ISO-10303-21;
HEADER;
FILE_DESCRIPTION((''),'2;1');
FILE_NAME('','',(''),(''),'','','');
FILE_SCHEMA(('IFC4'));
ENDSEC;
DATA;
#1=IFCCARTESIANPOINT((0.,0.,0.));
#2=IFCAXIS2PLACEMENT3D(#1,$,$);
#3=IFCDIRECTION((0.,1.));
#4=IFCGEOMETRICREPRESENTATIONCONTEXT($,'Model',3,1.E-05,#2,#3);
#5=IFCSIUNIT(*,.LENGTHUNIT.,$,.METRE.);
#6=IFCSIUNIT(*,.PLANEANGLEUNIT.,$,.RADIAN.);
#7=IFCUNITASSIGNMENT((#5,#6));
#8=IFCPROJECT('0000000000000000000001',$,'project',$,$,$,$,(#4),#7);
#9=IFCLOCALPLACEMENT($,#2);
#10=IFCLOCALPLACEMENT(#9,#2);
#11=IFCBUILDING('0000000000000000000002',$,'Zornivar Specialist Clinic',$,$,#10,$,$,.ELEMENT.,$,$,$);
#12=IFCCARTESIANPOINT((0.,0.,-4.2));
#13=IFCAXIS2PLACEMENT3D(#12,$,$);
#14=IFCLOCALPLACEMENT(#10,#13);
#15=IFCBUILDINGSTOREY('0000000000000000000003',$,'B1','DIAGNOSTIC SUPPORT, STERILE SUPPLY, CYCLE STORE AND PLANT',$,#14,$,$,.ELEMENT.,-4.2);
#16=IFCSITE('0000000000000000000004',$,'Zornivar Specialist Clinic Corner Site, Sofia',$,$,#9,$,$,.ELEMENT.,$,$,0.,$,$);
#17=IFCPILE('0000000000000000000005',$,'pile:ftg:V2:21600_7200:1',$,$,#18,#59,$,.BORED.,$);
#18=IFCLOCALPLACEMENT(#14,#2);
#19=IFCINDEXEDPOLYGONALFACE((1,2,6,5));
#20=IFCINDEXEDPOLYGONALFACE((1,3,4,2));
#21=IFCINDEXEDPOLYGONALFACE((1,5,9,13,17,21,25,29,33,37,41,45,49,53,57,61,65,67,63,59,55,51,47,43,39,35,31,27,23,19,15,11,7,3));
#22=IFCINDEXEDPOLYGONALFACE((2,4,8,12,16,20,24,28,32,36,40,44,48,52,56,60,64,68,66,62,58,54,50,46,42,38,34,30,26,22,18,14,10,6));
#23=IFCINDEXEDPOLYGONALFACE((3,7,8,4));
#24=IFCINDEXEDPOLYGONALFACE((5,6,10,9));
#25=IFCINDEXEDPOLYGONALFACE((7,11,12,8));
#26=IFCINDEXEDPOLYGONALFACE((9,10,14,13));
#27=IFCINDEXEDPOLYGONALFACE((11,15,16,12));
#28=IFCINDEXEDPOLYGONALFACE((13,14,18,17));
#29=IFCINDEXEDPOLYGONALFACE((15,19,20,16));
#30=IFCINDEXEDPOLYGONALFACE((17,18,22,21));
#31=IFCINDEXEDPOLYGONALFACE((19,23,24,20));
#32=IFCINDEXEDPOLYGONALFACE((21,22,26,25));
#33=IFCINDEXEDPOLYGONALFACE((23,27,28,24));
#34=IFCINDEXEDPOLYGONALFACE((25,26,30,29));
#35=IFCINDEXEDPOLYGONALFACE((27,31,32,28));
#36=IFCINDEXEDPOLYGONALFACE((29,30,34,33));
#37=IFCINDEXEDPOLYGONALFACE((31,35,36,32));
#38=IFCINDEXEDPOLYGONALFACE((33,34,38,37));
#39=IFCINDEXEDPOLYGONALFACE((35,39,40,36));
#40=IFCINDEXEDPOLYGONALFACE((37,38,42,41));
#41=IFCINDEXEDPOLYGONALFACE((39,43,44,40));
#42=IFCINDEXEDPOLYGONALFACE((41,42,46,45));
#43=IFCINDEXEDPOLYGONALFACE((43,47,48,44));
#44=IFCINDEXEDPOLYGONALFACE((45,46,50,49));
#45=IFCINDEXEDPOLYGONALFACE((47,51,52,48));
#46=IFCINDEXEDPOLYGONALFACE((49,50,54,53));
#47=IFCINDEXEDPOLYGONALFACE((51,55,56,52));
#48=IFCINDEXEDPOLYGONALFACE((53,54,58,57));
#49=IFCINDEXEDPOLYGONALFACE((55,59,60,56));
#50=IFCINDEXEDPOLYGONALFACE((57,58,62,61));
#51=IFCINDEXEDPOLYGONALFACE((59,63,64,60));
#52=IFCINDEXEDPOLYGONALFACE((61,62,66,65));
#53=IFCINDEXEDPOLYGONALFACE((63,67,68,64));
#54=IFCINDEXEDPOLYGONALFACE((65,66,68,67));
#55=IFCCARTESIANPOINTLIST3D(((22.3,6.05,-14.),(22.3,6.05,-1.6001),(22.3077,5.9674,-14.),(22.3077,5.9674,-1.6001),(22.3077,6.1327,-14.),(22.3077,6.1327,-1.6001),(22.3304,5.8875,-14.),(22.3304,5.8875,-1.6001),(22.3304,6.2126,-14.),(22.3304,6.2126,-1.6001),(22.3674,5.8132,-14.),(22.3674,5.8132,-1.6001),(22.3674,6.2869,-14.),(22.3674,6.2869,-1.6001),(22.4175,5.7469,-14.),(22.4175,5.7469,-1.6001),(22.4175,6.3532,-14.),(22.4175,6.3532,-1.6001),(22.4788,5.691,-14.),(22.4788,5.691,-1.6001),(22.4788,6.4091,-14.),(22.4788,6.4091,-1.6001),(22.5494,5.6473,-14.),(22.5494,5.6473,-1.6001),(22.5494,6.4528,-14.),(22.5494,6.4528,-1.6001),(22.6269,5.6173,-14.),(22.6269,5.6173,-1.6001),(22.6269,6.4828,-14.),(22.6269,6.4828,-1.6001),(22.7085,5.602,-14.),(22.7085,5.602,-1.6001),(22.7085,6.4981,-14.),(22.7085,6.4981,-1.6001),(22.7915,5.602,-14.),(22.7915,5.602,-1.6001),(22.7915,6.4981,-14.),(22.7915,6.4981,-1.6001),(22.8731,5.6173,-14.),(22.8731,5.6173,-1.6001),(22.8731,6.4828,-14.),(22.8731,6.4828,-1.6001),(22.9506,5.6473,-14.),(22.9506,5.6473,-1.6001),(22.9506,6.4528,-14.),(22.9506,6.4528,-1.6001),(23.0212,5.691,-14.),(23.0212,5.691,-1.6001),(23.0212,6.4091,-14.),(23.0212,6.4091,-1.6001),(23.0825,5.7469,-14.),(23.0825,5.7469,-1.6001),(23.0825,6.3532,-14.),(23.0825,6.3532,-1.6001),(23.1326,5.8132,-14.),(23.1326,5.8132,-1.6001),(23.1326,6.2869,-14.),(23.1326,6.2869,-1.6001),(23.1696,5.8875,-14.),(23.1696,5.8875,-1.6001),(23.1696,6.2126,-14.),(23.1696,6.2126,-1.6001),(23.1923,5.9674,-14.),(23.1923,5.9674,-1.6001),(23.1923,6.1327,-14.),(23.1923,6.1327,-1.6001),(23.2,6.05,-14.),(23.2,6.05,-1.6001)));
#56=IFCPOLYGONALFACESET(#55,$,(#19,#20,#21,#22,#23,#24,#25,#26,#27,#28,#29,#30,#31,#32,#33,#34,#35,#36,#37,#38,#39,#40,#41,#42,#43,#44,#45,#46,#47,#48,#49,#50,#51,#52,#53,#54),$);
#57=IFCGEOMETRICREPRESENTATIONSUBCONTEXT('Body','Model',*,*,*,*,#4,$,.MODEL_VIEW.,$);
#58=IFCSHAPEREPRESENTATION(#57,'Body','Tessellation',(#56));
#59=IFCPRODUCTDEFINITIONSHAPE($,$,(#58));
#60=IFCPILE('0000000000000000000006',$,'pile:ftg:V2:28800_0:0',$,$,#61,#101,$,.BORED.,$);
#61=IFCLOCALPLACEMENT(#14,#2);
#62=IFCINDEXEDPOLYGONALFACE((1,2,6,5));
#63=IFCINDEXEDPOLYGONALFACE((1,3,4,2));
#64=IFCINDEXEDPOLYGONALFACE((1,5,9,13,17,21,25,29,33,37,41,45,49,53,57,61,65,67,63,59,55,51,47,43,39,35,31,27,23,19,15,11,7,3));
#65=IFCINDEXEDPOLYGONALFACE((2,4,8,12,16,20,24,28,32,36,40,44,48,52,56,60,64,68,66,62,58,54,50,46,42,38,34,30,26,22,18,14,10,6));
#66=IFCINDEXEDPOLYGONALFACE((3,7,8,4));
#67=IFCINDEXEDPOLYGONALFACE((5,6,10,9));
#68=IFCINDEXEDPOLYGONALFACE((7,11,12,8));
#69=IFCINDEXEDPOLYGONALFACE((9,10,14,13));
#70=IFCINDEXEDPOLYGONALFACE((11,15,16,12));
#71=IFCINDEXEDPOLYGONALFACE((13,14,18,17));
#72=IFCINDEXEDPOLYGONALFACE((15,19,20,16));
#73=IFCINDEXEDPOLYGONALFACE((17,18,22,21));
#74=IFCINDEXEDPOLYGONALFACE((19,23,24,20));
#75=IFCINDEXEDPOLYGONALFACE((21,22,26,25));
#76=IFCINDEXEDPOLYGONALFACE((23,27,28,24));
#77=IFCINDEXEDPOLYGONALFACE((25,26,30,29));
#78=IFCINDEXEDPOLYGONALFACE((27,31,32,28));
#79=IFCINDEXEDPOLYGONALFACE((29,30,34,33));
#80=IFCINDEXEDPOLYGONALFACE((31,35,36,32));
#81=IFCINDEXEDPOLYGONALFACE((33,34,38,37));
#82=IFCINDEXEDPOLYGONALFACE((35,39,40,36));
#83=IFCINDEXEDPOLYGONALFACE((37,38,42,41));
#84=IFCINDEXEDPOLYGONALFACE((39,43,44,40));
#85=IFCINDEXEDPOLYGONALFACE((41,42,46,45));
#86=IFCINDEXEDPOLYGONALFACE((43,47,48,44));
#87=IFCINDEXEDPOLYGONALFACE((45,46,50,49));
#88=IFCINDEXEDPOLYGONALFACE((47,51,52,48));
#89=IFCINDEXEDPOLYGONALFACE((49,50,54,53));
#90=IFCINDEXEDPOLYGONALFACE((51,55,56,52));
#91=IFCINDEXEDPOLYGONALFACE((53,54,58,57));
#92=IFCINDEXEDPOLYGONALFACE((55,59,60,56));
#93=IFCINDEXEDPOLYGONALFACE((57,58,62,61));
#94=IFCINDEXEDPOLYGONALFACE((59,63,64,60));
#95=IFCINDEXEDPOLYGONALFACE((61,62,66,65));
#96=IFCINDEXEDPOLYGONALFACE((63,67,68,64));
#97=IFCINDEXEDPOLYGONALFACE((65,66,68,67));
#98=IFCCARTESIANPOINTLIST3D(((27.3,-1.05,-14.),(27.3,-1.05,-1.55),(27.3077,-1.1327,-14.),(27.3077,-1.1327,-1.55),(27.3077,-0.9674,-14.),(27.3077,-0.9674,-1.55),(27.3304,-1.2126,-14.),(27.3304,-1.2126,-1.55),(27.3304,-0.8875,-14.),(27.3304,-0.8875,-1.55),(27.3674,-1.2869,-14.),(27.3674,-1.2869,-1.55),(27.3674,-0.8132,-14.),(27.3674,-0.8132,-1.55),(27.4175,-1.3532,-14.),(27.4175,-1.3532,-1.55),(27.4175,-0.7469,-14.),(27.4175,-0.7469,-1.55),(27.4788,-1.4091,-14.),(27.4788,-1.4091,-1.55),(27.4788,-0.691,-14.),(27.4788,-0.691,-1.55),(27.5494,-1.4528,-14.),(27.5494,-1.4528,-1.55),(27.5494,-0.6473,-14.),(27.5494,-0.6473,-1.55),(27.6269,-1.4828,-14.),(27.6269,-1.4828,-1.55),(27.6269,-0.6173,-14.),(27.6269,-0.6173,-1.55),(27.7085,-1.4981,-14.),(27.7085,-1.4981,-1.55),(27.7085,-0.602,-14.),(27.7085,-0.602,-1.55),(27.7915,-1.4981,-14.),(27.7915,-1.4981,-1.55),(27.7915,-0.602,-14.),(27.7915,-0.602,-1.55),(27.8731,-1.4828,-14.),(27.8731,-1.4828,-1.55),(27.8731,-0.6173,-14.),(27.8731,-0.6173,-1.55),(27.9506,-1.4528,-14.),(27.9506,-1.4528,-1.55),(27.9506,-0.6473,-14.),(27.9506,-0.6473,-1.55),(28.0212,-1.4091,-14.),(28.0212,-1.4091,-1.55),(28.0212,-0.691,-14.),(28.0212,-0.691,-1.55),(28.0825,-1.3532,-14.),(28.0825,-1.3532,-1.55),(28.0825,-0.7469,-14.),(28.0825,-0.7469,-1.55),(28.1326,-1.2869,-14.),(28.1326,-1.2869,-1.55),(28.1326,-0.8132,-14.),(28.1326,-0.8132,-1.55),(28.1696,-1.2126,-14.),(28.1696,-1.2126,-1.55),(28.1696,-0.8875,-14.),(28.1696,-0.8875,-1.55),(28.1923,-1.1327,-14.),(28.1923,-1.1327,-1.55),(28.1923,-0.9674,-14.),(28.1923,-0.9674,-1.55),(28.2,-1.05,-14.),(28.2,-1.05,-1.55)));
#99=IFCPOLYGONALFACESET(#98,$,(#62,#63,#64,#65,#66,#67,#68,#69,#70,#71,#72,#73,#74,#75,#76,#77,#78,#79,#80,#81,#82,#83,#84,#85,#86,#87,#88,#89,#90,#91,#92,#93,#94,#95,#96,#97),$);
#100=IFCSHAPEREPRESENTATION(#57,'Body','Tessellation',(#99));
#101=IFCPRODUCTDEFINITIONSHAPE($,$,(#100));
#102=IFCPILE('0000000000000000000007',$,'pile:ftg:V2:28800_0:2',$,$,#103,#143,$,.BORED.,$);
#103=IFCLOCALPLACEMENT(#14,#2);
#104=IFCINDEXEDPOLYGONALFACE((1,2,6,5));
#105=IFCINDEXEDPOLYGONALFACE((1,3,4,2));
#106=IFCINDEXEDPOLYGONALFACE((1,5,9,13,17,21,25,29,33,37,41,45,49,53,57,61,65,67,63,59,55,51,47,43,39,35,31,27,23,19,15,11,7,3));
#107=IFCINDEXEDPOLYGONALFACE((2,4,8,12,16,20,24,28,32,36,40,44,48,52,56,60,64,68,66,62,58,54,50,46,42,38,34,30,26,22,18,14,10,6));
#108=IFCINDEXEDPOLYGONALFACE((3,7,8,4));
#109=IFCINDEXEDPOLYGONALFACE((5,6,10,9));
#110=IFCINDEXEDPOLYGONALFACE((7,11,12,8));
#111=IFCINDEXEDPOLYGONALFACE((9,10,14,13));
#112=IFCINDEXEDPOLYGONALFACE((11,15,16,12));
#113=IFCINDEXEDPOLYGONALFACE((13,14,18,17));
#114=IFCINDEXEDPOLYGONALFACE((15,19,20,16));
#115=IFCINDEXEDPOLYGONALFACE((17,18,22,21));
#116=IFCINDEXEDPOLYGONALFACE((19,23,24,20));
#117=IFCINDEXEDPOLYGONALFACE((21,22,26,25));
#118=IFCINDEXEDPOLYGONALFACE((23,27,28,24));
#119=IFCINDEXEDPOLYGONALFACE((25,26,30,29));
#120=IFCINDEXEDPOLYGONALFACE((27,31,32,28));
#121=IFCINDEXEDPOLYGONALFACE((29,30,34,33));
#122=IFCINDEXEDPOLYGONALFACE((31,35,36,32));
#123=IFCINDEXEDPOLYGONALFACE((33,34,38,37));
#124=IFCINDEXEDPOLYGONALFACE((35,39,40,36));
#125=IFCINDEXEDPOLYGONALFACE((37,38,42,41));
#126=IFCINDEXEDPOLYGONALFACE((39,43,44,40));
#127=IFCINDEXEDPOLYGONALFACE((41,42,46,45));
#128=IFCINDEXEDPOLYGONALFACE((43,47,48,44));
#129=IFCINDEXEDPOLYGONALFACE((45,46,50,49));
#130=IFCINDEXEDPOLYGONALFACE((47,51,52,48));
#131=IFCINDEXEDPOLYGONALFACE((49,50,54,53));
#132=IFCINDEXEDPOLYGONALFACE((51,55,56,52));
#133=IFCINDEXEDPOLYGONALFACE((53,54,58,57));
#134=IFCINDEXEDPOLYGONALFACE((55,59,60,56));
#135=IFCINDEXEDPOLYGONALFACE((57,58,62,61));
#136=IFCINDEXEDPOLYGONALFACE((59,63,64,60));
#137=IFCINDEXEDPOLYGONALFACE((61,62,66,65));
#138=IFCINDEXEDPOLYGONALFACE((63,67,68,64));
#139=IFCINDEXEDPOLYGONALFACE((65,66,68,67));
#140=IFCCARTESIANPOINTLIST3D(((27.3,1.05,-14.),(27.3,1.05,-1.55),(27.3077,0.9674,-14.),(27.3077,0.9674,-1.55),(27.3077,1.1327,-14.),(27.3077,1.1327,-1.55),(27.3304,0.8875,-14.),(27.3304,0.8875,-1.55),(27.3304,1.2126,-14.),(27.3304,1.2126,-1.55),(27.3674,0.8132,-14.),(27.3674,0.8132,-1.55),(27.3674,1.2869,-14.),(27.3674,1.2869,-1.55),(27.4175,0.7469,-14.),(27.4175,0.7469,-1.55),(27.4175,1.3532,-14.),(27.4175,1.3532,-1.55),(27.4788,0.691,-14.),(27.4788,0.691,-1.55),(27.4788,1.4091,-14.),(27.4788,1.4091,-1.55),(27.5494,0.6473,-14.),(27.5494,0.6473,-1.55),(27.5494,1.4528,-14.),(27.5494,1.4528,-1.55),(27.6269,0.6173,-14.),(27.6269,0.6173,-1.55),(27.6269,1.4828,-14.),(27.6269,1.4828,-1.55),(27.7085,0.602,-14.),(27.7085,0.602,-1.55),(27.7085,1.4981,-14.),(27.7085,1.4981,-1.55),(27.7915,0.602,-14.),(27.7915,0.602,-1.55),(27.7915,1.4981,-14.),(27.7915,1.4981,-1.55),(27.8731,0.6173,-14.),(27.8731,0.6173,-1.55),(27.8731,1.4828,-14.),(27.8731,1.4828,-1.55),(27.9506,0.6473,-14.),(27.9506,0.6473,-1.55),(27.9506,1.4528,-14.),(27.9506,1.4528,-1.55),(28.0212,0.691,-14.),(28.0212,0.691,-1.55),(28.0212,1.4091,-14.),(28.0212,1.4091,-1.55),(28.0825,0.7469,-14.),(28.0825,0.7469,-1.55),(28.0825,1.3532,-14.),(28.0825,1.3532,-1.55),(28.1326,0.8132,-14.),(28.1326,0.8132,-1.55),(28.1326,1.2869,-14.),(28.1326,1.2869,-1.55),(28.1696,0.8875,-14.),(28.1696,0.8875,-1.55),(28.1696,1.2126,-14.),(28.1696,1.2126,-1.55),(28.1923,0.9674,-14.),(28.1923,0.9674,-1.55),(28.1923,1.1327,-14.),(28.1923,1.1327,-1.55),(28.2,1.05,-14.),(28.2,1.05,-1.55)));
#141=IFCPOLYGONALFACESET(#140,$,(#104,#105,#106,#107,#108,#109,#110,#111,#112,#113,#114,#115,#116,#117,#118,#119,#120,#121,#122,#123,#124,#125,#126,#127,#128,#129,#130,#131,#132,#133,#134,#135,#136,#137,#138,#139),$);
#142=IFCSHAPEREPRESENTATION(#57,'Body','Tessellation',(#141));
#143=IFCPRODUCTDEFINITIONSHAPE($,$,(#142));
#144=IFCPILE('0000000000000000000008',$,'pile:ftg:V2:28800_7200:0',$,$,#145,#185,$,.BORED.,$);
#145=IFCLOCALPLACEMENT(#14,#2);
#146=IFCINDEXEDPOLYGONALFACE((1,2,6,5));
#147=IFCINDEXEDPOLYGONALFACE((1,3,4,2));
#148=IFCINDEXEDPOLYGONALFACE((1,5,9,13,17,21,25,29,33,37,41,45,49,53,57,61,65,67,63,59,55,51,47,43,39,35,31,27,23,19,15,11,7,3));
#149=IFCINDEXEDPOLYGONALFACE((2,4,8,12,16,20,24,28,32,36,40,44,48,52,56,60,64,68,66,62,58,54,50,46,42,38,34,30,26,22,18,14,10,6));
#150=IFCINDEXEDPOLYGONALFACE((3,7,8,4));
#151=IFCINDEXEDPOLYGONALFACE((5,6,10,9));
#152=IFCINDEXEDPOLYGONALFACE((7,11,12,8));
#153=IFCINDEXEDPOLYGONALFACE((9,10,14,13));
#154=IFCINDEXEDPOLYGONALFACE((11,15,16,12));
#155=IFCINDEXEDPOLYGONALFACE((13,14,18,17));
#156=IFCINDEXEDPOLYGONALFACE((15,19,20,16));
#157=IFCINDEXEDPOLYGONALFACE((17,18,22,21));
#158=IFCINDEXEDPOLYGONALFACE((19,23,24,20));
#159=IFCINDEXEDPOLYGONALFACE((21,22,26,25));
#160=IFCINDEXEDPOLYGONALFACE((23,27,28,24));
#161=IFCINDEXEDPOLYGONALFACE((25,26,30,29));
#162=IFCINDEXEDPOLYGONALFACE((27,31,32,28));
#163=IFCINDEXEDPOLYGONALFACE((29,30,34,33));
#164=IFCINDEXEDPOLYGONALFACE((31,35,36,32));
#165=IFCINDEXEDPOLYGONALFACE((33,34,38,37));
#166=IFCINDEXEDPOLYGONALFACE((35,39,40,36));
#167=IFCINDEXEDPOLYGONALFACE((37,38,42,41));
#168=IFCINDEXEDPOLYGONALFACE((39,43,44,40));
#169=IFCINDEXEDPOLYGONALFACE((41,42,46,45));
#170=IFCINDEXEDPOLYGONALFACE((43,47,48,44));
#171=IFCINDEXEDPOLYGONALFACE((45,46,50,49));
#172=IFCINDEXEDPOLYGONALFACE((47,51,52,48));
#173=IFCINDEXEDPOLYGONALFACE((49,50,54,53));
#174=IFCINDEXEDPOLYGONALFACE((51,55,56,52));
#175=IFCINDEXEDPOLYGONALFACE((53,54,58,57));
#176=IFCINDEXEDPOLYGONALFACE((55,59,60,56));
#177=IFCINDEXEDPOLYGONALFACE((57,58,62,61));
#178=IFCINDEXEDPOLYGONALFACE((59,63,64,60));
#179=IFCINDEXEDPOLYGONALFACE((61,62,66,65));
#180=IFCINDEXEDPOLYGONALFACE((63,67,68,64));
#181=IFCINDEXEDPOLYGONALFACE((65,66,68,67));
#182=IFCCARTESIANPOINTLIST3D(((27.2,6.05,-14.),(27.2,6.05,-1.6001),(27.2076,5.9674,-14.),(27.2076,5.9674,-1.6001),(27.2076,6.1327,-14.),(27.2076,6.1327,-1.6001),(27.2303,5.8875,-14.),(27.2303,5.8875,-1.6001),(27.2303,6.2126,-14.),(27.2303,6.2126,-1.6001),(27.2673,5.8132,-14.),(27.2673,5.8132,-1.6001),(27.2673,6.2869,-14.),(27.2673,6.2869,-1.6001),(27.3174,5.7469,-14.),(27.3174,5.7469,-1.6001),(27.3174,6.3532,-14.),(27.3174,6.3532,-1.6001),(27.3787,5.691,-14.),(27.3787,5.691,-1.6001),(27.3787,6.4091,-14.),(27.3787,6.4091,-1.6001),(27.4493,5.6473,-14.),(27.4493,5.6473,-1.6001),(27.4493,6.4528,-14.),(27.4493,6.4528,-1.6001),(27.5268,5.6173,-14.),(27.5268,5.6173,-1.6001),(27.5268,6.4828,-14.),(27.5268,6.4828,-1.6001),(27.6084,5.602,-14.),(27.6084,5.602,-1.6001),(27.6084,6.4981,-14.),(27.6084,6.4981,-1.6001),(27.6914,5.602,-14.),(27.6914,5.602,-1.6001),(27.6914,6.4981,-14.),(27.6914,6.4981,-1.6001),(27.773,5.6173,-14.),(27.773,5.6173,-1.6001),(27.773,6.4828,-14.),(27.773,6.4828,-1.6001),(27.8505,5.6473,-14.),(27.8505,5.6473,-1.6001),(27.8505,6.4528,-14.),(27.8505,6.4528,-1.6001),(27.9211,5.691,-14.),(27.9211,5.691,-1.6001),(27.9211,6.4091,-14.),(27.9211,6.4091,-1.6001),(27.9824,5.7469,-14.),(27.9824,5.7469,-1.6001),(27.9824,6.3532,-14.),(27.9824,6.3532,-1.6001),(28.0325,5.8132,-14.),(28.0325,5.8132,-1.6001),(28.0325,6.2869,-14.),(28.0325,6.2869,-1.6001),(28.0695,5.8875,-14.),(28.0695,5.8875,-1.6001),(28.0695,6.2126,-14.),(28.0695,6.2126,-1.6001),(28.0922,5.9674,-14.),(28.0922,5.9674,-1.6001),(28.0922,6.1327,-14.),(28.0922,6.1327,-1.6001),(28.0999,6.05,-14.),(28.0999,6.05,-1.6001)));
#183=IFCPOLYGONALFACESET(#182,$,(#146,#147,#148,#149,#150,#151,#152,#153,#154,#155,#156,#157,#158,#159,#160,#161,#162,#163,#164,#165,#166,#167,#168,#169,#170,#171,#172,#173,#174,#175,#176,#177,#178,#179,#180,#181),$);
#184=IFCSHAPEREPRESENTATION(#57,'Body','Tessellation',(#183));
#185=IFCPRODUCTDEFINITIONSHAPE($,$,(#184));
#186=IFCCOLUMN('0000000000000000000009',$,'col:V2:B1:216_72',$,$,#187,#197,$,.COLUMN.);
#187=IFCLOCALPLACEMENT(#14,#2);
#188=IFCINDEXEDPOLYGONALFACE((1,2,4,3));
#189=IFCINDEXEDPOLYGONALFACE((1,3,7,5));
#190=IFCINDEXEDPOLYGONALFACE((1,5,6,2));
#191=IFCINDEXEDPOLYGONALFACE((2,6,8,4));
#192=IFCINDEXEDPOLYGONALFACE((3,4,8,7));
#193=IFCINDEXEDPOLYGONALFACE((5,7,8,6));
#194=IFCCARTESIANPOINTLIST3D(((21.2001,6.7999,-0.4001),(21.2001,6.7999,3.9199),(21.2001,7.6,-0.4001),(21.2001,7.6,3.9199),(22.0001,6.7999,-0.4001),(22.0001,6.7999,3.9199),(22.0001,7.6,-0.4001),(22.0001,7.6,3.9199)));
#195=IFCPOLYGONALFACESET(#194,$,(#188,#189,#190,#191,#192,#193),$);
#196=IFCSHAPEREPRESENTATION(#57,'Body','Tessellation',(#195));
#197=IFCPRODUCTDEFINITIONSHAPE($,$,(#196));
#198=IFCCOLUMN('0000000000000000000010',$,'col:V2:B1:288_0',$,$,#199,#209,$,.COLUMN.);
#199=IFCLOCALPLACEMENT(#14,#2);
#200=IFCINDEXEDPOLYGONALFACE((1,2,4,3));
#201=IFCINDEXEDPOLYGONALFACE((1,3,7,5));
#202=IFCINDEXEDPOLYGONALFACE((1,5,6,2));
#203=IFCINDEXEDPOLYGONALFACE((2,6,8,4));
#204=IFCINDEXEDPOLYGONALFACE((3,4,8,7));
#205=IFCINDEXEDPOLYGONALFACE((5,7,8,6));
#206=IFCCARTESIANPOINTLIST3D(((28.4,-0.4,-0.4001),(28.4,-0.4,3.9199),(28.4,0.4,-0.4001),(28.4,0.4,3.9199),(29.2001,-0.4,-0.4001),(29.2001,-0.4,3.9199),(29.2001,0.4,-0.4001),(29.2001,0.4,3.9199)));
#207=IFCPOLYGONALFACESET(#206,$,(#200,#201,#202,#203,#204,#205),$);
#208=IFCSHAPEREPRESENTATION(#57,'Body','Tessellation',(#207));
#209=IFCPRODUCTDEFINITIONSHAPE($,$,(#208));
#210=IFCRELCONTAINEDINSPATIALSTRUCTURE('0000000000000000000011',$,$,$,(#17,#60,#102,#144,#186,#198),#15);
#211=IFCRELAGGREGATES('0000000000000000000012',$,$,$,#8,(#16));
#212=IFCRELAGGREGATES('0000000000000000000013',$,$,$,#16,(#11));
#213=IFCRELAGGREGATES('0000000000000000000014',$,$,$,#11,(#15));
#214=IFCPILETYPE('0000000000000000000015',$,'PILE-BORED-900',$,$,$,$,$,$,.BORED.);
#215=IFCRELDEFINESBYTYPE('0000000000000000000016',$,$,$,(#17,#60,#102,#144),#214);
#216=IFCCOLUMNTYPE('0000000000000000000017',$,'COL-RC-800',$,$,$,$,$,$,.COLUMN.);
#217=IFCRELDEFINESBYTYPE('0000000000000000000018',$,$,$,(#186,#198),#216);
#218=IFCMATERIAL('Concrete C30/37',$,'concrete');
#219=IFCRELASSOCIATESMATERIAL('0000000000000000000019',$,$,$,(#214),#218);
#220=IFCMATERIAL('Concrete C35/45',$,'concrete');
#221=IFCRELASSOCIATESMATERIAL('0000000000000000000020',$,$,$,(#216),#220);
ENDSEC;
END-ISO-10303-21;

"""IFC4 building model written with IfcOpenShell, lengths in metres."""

from ifc_helpers import new_model, si_unit, direction, frame, origin, origin_2d, place, context, subcontext, project, spatial, rectangle, circle, extrude, material, material_profile, profile_set, type_object, element, save


model = new_model("IFC4")

# Units and contexts
model_context = context("Model", 3, precision=1e-05, world=origin(), true_north=direction((0.0, 1.0)))
body_context = subcontext(model_context, "Body", "Model", "MODEL_VIEW")
ifc_project = project(units=[si_unit("LENGTHUNIT", "METRE"), si_unit("PLANEANGLEUNIT", "RADIAN")], contexts=[model_context])

# Site, building, storey
site_placement = place(None, origin())
site = spatial("IfcSite", under=ifc_project, at=site_placement, Name="Zornivar Specialist Clinic Corner Site, Sofia", CompositionType="ELEMENT", RefElevation=0.0)
building_placement = place(site_placement, origin())
building = spatial("IfcBuilding", under=site, at=building_placement, Name="Zornivar Specialist Clinic", CompositionType="ELEMENT")
storey_placement = place(building_placement, frame((0.0, 0.0, -4.2)))
storey = spatial("IfcBuildingStorey", under=building, at=storey_placement, Name="B1", Description="DIAGNOSTIC SUPPORT, STERILE SUPPLY, CYCLE STORE AND PLANT", CompositionType="ELEMENT", Elevation=-4.2)

# Piles
ifc_material_1 = material(Name="Concrete C30/37", Category="concrete")
ifc_material_profile_1 = material_profile(ifc_material_1, circle(Radius=0.45, at=origin_2d()), Name="PILE D900")
ifc_profile_set_1 = profile_set([ifc_material_profile_1], Name="Concrete C30/37")
pile_type = type_object("IfcPileType", Name="PILE-BORED-900", PredefinedType="BORED", material=ifc_profile_set_1)
pile_1_placement = place(storey_placement, frame((22.75, 6.05, -1.6001), z_axis=(0.0, 0.0, -1.0), x_axis=(1.0, 0.0, 0.0)))
element("IfcPile", 1, at=pile_1_placement, inside=storey, type_object=pile_type, Name="pile:ftg:V2:21600_7200:1", PredefinedType="BORED", context=body_context, shape_type="SweptSolid", body=[
    extrude(circle(Radius=0.45, at=origin_2d()), origin(), (0.0, 0.0, 1.0), 12.3999),
])
for number, where, z_axis, x_axis, name in (
    (2, (27.75, -1.05, -1.55), (0.0, 0.0, -1.0), (1.0, 0.0, 0.0), "pile:ftg:V2:28800_0:0"),
    (3, (27.75, 1.05, -1.55), (0.0, 0.0, -1.0), (1.0, 0.0, 0.0), "pile:ftg:V2:28800_0:2"),
):
    element("IfcPile", number, at=place(storey_placement, frame(where, z_axis=z_axis, x_axis=x_axis)), inside=storey, type_object=pile_type, Name=name, PredefinedType="BORED", context=body_context, shape_type="SweptSolid", body=[
        extrude(circle(Radius=0.45, at=origin_2d()), origin(), (0.0, 0.0, 1.0), 12.45),
    ])
pile_2_placement = place(storey_placement, frame((27.6499, 6.05, -1.6001), z_axis=(0.0, 0.0, -1.0), x_axis=(1.0, 0.0, 0.0)))
element("IfcPile", 4, at=pile_2_placement, inside=storey, type_object=pile_type, Name="pile:ftg:V2:28800_7200:0", PredefinedType="BORED", context=body_context, shape_type="SweptSolid", body=[
    extrude(circle(Radius=0.45, at=origin_2d()), origin(), (0.0, 0.0, 1.0), 12.3999),
])

# Columns
ifc_material_2 = material(Name="Concrete C35/45", Category="concrete")
ifc_material_profile_2 = material_profile(ifc_material_2, rectangle(XDim=0.8, YDim=0.8, at=origin_2d()), Name="RC 800x800")
ifc_profile_set_2 = profile_set([ifc_material_profile_2], Name="Concrete C35/45")
column_type = type_object("IfcColumnType", Name="COL-RC-800", PredefinedType="COLUMN", material=ifc_profile_set_2)
for number, where, z_axis, x_axis, name in (
    (5, (21.6001, 7.2, -0.4001), (0.0, 0.0, 1.0), (1.0, 0.0, 0.0), "col:V2:B1:216_72"),
    (6, (28.8, 0.0, -0.4001), (0.0, 0.0, 1.0), (1.0, 0.0, 0.0), "col:V2:B1:288_0"),
):
    element("IfcColumn", number, at=place(storey_placement, frame(where, z_axis=z_axis, x_axis=x_axis)), inside=storey, type_object=column_type, Name=name, PredefinedType="COLUMN", context=body_context, shape_type="SweptSolid", body=[
        extrude(rectangle(XDim=0.8, YDim=0.8, at=origin_2d()), origin(), (0.0, 0.0, 1.0), 4.3201),
    ])

save(model, "model.ifc")
